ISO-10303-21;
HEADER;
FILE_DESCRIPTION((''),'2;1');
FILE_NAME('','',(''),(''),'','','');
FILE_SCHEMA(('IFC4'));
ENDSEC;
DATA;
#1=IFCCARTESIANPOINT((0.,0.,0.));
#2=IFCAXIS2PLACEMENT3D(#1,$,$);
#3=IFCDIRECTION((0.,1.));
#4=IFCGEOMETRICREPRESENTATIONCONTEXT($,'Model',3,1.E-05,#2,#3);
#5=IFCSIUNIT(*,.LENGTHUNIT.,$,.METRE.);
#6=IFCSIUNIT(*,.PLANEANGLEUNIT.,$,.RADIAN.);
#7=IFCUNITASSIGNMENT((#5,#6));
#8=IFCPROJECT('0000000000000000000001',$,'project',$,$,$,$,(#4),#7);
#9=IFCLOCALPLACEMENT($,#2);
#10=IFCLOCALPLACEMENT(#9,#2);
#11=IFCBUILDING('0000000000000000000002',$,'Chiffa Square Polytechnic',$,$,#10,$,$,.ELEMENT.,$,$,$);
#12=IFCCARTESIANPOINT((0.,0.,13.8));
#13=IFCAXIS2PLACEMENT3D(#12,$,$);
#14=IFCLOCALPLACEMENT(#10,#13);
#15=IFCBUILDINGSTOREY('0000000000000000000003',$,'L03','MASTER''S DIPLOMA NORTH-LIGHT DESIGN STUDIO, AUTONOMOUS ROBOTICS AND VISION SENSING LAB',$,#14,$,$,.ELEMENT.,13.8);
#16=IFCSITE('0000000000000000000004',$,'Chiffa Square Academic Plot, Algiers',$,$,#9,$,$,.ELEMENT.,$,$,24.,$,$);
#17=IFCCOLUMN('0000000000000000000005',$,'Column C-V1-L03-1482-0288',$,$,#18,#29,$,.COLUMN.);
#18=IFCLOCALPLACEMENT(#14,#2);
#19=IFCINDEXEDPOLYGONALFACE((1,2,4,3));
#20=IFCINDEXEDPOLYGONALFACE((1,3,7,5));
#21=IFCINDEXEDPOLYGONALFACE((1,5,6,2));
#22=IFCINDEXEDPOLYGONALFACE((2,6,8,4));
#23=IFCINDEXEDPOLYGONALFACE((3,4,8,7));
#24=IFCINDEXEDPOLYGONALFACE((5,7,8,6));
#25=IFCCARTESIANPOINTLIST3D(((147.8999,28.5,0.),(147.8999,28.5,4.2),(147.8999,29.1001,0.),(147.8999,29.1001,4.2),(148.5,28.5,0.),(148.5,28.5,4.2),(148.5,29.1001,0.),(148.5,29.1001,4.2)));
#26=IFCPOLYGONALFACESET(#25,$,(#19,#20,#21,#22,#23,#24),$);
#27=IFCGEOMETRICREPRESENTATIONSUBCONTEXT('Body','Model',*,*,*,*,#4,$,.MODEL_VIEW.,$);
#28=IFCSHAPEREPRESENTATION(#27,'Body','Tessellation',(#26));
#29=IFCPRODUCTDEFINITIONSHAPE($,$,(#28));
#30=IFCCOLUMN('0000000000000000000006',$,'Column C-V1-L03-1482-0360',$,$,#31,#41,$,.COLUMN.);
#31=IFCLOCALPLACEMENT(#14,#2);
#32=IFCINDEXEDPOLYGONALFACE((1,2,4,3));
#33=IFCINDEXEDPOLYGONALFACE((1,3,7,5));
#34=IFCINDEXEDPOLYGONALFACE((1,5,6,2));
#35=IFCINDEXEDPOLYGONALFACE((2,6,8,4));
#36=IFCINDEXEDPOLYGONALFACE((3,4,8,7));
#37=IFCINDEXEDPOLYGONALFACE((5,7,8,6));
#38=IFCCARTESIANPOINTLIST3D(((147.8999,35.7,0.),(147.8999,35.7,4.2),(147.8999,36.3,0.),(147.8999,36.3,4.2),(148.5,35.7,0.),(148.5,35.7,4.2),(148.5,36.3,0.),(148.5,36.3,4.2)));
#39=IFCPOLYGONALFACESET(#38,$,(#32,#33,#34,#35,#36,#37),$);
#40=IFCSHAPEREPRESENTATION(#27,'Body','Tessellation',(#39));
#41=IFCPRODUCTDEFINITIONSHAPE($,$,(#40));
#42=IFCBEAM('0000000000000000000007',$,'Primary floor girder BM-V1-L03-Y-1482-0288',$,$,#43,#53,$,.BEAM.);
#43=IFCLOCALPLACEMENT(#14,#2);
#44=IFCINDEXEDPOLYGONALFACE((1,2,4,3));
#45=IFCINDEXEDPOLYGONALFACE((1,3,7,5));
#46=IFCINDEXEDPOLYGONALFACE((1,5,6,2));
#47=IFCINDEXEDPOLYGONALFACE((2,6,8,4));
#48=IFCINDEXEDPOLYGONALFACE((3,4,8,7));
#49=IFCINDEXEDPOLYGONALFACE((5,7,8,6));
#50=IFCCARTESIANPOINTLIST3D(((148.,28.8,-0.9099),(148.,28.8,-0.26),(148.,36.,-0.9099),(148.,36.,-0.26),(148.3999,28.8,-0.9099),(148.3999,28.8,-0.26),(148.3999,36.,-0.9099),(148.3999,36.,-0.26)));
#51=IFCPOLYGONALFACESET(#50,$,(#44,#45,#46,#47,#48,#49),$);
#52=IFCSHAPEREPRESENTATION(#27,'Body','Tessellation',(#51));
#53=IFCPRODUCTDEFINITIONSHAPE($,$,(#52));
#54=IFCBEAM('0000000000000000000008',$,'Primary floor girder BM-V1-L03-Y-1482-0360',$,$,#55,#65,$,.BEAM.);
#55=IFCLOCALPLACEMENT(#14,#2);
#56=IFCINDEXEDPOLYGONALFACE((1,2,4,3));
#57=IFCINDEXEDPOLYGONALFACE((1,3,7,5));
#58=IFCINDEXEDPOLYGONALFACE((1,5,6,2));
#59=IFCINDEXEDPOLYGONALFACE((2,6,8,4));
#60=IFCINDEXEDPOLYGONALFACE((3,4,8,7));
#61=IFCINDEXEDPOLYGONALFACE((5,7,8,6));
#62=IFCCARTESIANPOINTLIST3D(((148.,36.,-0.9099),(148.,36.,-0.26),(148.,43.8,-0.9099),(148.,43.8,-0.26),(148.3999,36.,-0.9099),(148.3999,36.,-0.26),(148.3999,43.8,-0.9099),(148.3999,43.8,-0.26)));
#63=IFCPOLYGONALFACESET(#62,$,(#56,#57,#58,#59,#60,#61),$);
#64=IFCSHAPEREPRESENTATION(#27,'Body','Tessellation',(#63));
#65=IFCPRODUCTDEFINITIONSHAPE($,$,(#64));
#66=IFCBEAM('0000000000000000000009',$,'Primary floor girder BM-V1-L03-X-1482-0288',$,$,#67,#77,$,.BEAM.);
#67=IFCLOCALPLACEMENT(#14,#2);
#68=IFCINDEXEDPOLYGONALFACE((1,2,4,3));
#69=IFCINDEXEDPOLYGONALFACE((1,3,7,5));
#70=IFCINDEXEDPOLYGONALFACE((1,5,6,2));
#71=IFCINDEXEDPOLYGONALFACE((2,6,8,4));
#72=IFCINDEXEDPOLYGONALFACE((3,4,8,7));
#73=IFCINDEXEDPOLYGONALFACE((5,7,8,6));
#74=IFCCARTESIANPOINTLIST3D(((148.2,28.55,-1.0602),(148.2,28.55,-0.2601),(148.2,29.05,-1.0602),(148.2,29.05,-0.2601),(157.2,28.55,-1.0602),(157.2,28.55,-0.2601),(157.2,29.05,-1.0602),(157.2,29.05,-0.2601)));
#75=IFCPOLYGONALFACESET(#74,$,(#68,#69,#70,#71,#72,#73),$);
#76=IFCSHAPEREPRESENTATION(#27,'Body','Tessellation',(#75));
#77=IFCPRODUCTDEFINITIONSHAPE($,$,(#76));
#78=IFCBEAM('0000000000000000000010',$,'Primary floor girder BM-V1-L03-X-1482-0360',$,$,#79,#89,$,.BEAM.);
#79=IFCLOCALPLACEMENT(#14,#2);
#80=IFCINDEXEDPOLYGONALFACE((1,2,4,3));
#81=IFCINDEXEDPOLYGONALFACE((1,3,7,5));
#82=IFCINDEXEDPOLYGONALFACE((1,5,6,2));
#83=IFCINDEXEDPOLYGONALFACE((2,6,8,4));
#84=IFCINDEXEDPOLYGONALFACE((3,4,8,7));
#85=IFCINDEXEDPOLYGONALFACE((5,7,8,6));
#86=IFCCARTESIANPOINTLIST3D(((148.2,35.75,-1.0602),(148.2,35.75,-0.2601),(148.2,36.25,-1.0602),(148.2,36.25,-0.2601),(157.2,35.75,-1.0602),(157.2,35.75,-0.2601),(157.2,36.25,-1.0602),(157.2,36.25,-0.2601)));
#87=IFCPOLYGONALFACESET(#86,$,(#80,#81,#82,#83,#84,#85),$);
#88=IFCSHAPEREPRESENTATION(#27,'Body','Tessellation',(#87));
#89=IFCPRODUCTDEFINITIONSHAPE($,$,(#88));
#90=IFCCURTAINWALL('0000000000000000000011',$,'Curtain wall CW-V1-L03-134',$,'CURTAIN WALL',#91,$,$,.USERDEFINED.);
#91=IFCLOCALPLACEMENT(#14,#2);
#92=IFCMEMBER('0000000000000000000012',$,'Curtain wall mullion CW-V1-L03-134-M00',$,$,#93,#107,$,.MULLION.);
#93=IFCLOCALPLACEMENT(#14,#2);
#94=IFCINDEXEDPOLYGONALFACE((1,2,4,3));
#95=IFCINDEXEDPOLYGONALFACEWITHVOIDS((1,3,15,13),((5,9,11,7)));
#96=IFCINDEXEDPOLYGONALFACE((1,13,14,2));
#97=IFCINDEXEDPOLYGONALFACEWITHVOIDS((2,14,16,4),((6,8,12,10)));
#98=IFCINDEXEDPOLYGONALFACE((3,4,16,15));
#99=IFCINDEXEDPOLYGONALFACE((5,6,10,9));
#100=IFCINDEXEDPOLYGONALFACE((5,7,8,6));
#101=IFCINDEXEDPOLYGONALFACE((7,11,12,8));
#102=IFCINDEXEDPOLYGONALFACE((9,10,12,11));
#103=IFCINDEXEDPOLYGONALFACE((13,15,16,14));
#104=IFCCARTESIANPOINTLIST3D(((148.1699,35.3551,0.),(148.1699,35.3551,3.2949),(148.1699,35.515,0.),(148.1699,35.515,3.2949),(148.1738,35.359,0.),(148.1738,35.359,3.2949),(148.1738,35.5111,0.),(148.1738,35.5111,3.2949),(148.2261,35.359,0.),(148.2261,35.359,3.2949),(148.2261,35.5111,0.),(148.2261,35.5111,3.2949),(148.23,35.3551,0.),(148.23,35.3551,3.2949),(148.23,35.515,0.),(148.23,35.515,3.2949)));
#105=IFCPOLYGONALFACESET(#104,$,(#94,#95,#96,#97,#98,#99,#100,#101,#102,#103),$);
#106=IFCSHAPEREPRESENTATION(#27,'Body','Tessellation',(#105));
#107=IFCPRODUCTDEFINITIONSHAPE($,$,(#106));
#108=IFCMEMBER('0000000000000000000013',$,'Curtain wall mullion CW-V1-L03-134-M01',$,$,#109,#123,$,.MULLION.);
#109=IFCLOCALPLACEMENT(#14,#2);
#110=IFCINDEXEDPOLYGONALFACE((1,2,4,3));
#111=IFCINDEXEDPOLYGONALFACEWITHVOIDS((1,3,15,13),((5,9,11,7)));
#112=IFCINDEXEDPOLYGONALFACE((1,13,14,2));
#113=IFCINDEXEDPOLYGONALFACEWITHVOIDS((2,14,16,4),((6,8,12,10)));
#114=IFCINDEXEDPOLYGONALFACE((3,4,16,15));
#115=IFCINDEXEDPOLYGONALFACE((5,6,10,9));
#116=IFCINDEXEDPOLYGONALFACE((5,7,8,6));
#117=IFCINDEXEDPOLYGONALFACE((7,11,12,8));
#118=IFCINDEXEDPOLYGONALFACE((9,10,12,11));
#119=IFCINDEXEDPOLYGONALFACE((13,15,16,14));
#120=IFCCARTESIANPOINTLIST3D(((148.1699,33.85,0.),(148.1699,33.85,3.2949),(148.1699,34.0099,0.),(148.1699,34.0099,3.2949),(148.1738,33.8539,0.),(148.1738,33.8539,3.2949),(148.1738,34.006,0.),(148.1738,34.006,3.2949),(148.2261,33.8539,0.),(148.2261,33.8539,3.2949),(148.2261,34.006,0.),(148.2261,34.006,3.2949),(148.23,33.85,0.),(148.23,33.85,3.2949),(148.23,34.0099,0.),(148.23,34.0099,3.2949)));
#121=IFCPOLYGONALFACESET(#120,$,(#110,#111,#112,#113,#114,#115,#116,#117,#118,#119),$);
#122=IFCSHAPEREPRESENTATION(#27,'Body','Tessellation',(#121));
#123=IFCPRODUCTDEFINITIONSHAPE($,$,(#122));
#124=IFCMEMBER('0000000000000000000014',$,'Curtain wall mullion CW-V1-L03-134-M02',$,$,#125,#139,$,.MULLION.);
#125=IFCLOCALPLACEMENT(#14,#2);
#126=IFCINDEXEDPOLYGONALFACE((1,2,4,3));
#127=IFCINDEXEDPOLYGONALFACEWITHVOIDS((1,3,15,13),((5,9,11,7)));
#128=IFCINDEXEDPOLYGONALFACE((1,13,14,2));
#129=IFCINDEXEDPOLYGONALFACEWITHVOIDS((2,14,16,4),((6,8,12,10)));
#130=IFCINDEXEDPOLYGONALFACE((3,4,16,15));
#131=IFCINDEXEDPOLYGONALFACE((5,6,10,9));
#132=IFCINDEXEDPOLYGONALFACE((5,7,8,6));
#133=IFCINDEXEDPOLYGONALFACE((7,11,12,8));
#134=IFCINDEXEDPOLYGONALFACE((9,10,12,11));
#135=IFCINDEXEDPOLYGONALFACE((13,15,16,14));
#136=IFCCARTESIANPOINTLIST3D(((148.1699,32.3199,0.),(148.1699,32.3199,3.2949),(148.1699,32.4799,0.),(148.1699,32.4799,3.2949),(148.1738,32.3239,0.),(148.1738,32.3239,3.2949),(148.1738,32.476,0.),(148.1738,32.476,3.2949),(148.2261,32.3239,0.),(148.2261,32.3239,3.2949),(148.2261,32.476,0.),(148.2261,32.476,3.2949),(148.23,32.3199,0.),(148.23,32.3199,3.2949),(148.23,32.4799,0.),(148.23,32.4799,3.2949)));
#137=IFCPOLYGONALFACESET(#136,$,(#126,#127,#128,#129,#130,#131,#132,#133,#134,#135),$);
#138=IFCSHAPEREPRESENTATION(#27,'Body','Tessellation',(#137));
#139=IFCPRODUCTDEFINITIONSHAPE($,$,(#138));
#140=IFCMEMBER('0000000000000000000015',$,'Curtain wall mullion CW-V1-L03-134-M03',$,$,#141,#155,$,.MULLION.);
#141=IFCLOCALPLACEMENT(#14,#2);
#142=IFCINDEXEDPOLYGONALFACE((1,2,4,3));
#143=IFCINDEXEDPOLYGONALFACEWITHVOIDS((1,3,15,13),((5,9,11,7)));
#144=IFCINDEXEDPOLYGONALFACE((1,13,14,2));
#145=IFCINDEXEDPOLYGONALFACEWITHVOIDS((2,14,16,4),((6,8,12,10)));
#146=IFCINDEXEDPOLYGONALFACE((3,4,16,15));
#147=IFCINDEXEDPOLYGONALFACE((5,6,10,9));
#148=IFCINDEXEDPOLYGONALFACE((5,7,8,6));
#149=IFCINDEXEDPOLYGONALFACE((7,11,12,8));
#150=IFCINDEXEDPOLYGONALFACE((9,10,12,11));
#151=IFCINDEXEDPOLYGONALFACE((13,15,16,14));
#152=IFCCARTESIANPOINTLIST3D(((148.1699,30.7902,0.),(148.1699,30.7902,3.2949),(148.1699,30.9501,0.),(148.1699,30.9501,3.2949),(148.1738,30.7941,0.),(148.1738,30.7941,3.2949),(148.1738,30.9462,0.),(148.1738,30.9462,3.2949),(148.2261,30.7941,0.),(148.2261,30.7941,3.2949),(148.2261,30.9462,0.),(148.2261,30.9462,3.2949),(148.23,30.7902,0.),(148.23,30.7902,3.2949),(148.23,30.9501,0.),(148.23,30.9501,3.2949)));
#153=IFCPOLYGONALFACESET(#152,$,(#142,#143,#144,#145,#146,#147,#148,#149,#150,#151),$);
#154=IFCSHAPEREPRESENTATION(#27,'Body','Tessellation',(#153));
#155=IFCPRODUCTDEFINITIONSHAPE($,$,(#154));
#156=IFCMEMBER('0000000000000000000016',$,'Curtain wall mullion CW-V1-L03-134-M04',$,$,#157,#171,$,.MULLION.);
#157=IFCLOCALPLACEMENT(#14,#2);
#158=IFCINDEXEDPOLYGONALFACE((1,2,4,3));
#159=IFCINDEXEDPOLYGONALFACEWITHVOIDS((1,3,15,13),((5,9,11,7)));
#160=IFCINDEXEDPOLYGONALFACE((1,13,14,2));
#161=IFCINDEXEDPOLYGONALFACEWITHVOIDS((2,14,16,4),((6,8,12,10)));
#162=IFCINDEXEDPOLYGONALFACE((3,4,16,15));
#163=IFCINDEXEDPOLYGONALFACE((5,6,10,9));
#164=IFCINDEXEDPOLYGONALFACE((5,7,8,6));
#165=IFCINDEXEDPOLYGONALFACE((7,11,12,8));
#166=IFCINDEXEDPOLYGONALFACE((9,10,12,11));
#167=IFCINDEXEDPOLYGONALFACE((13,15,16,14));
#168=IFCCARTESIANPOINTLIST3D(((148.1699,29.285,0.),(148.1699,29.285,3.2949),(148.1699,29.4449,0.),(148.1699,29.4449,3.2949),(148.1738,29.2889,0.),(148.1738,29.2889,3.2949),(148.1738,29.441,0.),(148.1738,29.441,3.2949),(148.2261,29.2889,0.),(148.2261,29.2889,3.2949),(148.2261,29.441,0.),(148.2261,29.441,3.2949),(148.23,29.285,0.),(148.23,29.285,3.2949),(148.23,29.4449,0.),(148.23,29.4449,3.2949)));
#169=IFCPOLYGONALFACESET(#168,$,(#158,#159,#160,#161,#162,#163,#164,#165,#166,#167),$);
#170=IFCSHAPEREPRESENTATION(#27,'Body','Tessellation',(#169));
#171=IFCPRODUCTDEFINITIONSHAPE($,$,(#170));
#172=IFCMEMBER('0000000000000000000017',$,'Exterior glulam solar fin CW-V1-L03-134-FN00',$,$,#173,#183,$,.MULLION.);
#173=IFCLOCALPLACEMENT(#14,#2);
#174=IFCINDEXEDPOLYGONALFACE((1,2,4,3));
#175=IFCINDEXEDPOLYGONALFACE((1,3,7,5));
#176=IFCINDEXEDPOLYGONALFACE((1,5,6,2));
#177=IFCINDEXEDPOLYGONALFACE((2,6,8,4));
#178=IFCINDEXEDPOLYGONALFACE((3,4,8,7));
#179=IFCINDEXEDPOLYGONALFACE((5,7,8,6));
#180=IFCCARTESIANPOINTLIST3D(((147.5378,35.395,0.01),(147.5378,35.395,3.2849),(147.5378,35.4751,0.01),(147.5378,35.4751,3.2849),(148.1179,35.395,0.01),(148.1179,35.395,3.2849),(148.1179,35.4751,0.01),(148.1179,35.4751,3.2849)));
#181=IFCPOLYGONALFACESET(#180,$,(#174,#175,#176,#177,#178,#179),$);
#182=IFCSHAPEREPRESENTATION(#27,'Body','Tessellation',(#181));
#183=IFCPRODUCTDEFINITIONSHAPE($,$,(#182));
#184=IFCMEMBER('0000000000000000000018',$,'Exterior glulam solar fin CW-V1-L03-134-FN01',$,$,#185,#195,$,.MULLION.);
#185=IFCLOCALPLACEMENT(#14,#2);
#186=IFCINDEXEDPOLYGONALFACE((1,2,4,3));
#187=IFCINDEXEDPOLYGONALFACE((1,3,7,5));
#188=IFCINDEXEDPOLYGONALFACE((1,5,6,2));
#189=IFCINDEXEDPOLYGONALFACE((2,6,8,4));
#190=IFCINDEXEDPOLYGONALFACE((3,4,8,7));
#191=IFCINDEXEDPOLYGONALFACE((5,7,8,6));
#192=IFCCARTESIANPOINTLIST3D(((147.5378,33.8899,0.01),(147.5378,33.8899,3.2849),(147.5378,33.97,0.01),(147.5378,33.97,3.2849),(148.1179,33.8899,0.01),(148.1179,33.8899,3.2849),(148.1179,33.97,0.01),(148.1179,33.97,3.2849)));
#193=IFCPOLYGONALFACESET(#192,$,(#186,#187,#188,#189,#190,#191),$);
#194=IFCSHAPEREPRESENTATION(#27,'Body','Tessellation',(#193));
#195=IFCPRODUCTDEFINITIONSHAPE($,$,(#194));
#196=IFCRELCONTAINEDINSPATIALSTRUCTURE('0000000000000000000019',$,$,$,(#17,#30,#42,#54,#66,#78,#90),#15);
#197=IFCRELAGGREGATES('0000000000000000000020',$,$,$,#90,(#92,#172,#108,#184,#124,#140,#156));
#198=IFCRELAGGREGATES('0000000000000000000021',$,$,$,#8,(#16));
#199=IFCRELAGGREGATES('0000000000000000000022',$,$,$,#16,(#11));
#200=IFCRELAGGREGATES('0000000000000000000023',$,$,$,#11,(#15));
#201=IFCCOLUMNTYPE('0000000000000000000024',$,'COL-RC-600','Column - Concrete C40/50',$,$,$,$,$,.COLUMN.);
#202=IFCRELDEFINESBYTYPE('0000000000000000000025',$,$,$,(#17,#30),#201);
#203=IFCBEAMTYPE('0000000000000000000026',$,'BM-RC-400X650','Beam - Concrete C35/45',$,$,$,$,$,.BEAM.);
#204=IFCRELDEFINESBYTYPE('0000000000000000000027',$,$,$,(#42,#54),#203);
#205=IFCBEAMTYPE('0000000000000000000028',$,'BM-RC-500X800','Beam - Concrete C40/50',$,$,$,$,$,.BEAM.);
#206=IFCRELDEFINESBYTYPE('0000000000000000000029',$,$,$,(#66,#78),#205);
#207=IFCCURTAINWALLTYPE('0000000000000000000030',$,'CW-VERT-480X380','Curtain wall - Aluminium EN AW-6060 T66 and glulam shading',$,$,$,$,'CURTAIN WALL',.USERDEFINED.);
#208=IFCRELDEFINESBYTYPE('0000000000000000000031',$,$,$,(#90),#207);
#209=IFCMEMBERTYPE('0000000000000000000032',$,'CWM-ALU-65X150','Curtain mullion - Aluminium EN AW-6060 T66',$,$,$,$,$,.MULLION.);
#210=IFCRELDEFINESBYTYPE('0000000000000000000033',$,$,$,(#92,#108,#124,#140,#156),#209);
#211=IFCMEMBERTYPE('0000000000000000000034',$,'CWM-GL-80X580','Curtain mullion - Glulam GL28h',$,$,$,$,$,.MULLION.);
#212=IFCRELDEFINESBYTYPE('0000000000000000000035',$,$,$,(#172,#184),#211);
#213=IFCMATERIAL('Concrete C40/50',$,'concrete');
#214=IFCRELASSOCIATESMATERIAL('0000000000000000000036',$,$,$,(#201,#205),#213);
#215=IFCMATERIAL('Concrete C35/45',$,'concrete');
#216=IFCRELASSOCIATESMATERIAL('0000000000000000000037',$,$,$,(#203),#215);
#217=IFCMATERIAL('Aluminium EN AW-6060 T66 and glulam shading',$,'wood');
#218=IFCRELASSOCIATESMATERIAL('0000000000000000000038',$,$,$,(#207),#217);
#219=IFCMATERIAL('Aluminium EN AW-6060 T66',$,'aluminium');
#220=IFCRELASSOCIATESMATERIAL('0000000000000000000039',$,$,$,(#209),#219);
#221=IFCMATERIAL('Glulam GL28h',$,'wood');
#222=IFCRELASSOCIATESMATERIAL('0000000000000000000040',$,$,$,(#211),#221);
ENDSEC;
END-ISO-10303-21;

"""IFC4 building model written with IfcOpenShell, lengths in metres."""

from ifc_helpers import new_model, si_unit, direction, frame, origin, origin_2d, place, context, subcontext, project, spatial, rectangle, hollow_rectangle, extrude, material, material_profile, profile_set, type_object, element, aggregate, save


model = new_model("IFC4")

# Units and contexts
model_context = context("Model", 3, precision=1e-05, world=origin(), true_north=direction((0.0, 1.0)))
body_context = subcontext(model_context, "Body", "Model", "MODEL_VIEW")
ifc_project = project(units=[si_unit("LENGTHUNIT", "METRE"), si_unit("PLANEANGLEUNIT", "RADIAN")], contexts=[model_context])

# Site, building, storey
site_placement = place(None, origin())
site = spatial("IfcSite", under=ifc_project, at=site_placement, Name="Chiffa Square Academic Plot, Algiers", CompositionType="ELEMENT", RefElevation=24.0)
building_placement = place(site_placement, origin())
building = spatial("IfcBuilding", under=site, at=building_placement, Name="Chiffa Square Polytechnic", CompositionType="ELEMENT")
storey_placement = place(building_placement, frame((0.0, 0.0, 13.8)))
storey = spatial("IfcBuildingStorey", under=building, at=storey_placement, Name="L03", Description="MASTER'S DIPLOMA NORTH-LIGHT DESIGN STUDIO, AUTONOMOUS ROBOTICS AND VISION SENSING LAB", CompositionType="ELEMENT", Elevation=13.8)

# Columns
ifc_material_1 = material(Name="Concrete C40/50", Category="concrete")
ifc_material_profile_1 = material_profile(ifc_material_1, rectangle(XDim=0.6001, YDim=0.6001, at=origin_2d()), Name="RC 600x600")
ifc_profile_set_1 = profile_set([ifc_material_profile_1], Name="Concrete C40/50")
column_type = type_object("IfcColumnType", Name="COL-RC-600", Description="Column - Concrete C40/50", PredefinedType="COLUMN", material=ifc_profile_set_1)
for number, where, z_axis, x_axis, name in (
    (1, (148.2, 28.8, 0.0), (0.0, 0.0, 1.0), (1.0, 0.0, 0.0), "Column C-V1-L03-1482-0288"),
    (2, (148.2, 36.0, 0.0), (0.0, 0.0, 1.0), (1.0, 0.0, 0.0), "Column C-V1-L03-1482-0360"),
):
    element("IfcColumn", number, at=place(storey_placement, frame(where, z_axis=z_axis, x_axis=x_axis)), inside=storey, type_object=column_type, Name=name, PredefinedType="COLUMN", context=body_context, shape_type="SweptSolid", body=[
        extrude(rectangle(XDim=0.6001, YDim=0.6001, at=origin_2d()), origin(), (0.0, 0.0, 1.0), 4.2),
    ])

# Beams
ifc_material_2 = material(Name="Concrete C35/45", Category="concrete")
ifc_material_profile_2 = material_profile(ifc_material_2, rectangle(XDim=0.3999, YDim=0.6499, at=origin_2d()), Name="RC 400x650")
ifc_profile_set_2 = profile_set([ifc_material_profile_2], Name="Concrete C35/45")
beam_type_1 = type_object("IfcBeamType", Name="BM-RC-400X650", Description="Beam - Concrete C35/45", PredefinedType="BEAM", material=ifc_profile_set_2)
beam_1_placement = place(storey_placement, frame((148.2, 28.8, -0.585), z_axis=(0.0, 1.0, 0.0), x_axis=(-1.0, 0.0, 0.0)))
element("IfcBeam", 3, at=beam_1_placement, inside=storey, type_object=beam_type_1, Name="Primary floor girder BM-V1-L03-Y-1482-0288", PredefinedType="BEAM", context=body_context, shape_type="SweptSolid", body=[
    extrude(rectangle(XDim=0.3999, YDim=0.6499, at=origin_2d()), origin(), (0.0, 0.0, 1.0), 7.2),
])
beam_2_placement = place(storey_placement, frame((148.2, 36.0, -0.585), z_axis=(0.0, 1.0, 0.0), x_axis=(-1.0, 0.0, 0.0)))
element("IfcBeam", 4, at=beam_2_placement, inside=storey, type_object=beam_type_1, Name="Primary floor girder BM-V1-L03-Y-1482-0360", PredefinedType="BEAM", context=body_context, shape_type="SweptSolid", body=[
    extrude(rectangle(XDim=0.3999, YDim=0.6499, at=origin_2d()), origin(), (0.0, 0.0, 1.0), 7.8),
])
ifc_material_profile_3 = material_profile(ifc_material_1, rectangle(XDim=0.5, YDim=0.8, at=origin_2d()), Name="RC 500x800")
ifc_profile_set_3 = profile_set([ifc_material_profile_3], Name="Concrete C40/50")
beam_type_2 = type_object("IfcBeamType", Name="BM-RC-500X800", Description="Beam - Concrete C40/50", PredefinedType="BEAM", material=ifc_profile_set_3)
for number, where, z_axis, x_axis, name in (
    (5, (148.2, 28.8, -0.6602), (1.0, 0.0, 0.0), (0.0, 1.0, 0.0), "Primary floor girder BM-V1-L03-X-1482-0288"),
    (6, (148.2, 36.0, -0.6602), (1.0, 0.0, 0.0), (0.0, 1.0, 0.0), "Primary floor girder BM-V1-L03-X-1482-0360"),
):
    element("IfcBeam", number, at=place(storey_placement, frame(where, z_axis=z_axis, x_axis=x_axis)), inside=storey, type_object=beam_type_2, Name=name, PredefinedType="BEAM", context=body_context, shape_type="SweptSolid", body=[
        extrude(rectangle(XDim=0.5, YDim=0.8, at=origin_2d()), origin(), (0.0, 0.0, 1.0), 9.0),
    ])

# Curtain wall, members
ifc_material_3 = material(Name="Aluminium EN AW-6060 T66 and glulam shading", Category="wood")
curtain_wall_type = type_object("IfcCurtainWallType", Name="CW-VERT-480X380", Description="Curtain wall - Aluminium EN AW-6060 T66 and glulam shading", ElementType="CURTAIN WALL", PredefinedType="USERDEFINED", material=ifc_material_3)
curtain_wall_placement = place(storey_placement, origin())
curtain_wall = element("IfcCurtainWall", 7, at=curtain_wall_placement, inside=storey, type_object=curtain_wall_type, Name="Curtain wall CW-V1-L03-134", ObjectType="CURTAIN WALL", PredefinedType="USERDEFINED")
ifc_material_4 = material(Name="Aluminium EN AW-6060 T66", Category="aluminium")
ifc_material_profile_4 = material_profile(ifc_material_4, hollow_rectangle(XDim=0.0601, YDim=0.1599, WallThickness=0.0039, at=origin_2d()), Name="ALU 60x160x4")
ifc_profile_set_4 = profile_set([ifc_material_profile_4], Name="Aluminium EN AW-6060 T66")
member_type_1 = type_object("IfcMemberType", Name="CWM-ALU-65X150", Description="Curtain mullion - Aluminium EN AW-6060 T66", PredefinedType="MULLION", material=ifc_profile_set_4)
member_1_placement = place(storey_placement, frame((148.2, 35.4351, 0.0), z_axis=(0.0, 0.0, 1.0), x_axis=(1.0, 0.0, 0.0)))
member_1 = element("IfcMember", 8, at=member_1_placement, type_object=member_type_1, Name="Curtain wall mullion CW-V1-L03-134-M00", PredefinedType="MULLION", context=body_context, shape_type="SweptSolid", body=[
    extrude(hollow_rectangle(XDim=0.0601, YDim=0.1599, WallThickness=0.0039, at=origin_2d()), origin(), (0.0, 0.0, 1.0), 3.2949),
])
member_2_placement = place(storey_placement, frame((148.2, 33.9299, 0.0), z_axis=(0.0, 0.0, 1.0), x_axis=(1.0, 0.0, 0.0)))
member_2 = element("IfcMember", 9, at=member_2_placement, type_object=member_type_1, Name="Curtain wall mullion CW-V1-L03-134-M01", PredefinedType="MULLION", context=body_context, shape_type="SweptSolid", body=[
    extrude(hollow_rectangle(XDim=0.0601, YDim=0.1599, WallThickness=0.0039, at=origin_2d()), origin(), (0.0, 0.0, 1.0), 3.2949),
])
member_3_placement = place(storey_placement, frame((148.2, 32.3999, 0.0), z_axis=(0.0, 0.0, 1.0), x_axis=(1.0, 0.0, 0.0)))
member_3 = element("IfcMember", 10, at=member_3_placement, type_object=member_type_1, Name="Curtain wall mullion CW-V1-L03-134-M02", PredefinedType="MULLION", context=body_context, shape_type="SweptSolid", body=[
    extrude(hollow_rectangle(XDim=0.0601, YDim=0.1599, WallThickness=0.0039, at=origin_2d()), origin(), (0.0, 0.0, 1.0), 3.2949),
])
member_4_placement = place(storey_placement, frame((148.2, 30.8701, 0.0), z_axis=(0.0, 0.0, 1.0), x_axis=(1.0, 0.0, 0.0)))
member_4 = element("IfcMember", 11, at=member_4_placement, type_object=member_type_1, Name="Curtain wall mullion CW-V1-L03-134-M03", PredefinedType="MULLION", context=body_context, shape_type="SweptSolid", body=[
    extrude(hollow_rectangle(XDim=0.0601, YDim=0.1599, WallThickness=0.0039, at=origin_2d()), origin(), (0.0, 0.0, 1.0), 3.2949),
])
member_5_placement = place(storey_placement, frame((148.2, 29.365, 0.0), z_axis=(0.0, 0.0, 1.0), x_axis=(1.0, 0.0, 0.0)))
member_5 = element("IfcMember", 12, at=member_5_placement, type_object=member_type_1, Name="Curtain wall mullion CW-V1-L03-134-M04", PredefinedType="MULLION", context=body_context, shape_type="SweptSolid", body=[
    extrude(hollow_rectangle(XDim=0.0601, YDim=0.1599, WallThickness=0.0039, at=origin_2d()), origin(), (0.0, 0.0, 1.0), 3.2949),
])
ifc_material_5 = material(Name="Glulam GL28h", Category="wood")
ifc_material_profile_5 = material_profile(ifc_material_5, rectangle(XDim=0.0801, YDim=0.5801, at=origin_2d()), Name="GL28h 80x580")
ifc_profile_set_5 = profile_set([ifc_material_profile_5], Name="Glulam GL28h")
member_type_2 = type_object("IfcMemberType", Name="CWM-GL-80X580", Description="Curtain mullion - Glulam GL28h", PredefinedType="MULLION", material=ifc_profile_set_5)
member_6_placement = place(storey_placement, frame((147.8279, 35.4351, 0.01), z_axis=(0.0, 0.0, 1.0), x_axis=(0.0, -1.0, 0.0)))
member_6 = element("IfcMember", 13, at=member_6_placement, type_object=member_type_2, Name="Exterior glulam solar fin CW-V1-L03-134-FN00", PredefinedType="MULLION", context=body_context, shape_type="SweptSolid", body=[
    extrude(rectangle(XDim=0.0801, YDim=0.5801, at=origin_2d()), origin(), (0.0, 0.0, 1.0), 3.2749),
])
member_7_placement = place(storey_placement, frame((147.8279, 33.9299, 0.01), z_axis=(0.0, 0.0, 1.0), x_axis=(0.0, -1.0, 0.0)))
member_7 = element("IfcMember", 14, at=member_7_placement, type_object=member_type_2, Name="Exterior glulam solar fin CW-V1-L03-134-FN01", PredefinedType="MULLION", context=body_context, shape_type="SweptSolid", body=[
    extrude(rectangle(XDim=0.0801, YDim=0.5801, at=origin_2d()), origin(), (0.0, 0.0, 1.0), 3.2749),
])

aggregate(curtain_wall, [member_1, member_6, member_2, member_7, member_3, member_4, member_5])

save(model, "model.ifc")
